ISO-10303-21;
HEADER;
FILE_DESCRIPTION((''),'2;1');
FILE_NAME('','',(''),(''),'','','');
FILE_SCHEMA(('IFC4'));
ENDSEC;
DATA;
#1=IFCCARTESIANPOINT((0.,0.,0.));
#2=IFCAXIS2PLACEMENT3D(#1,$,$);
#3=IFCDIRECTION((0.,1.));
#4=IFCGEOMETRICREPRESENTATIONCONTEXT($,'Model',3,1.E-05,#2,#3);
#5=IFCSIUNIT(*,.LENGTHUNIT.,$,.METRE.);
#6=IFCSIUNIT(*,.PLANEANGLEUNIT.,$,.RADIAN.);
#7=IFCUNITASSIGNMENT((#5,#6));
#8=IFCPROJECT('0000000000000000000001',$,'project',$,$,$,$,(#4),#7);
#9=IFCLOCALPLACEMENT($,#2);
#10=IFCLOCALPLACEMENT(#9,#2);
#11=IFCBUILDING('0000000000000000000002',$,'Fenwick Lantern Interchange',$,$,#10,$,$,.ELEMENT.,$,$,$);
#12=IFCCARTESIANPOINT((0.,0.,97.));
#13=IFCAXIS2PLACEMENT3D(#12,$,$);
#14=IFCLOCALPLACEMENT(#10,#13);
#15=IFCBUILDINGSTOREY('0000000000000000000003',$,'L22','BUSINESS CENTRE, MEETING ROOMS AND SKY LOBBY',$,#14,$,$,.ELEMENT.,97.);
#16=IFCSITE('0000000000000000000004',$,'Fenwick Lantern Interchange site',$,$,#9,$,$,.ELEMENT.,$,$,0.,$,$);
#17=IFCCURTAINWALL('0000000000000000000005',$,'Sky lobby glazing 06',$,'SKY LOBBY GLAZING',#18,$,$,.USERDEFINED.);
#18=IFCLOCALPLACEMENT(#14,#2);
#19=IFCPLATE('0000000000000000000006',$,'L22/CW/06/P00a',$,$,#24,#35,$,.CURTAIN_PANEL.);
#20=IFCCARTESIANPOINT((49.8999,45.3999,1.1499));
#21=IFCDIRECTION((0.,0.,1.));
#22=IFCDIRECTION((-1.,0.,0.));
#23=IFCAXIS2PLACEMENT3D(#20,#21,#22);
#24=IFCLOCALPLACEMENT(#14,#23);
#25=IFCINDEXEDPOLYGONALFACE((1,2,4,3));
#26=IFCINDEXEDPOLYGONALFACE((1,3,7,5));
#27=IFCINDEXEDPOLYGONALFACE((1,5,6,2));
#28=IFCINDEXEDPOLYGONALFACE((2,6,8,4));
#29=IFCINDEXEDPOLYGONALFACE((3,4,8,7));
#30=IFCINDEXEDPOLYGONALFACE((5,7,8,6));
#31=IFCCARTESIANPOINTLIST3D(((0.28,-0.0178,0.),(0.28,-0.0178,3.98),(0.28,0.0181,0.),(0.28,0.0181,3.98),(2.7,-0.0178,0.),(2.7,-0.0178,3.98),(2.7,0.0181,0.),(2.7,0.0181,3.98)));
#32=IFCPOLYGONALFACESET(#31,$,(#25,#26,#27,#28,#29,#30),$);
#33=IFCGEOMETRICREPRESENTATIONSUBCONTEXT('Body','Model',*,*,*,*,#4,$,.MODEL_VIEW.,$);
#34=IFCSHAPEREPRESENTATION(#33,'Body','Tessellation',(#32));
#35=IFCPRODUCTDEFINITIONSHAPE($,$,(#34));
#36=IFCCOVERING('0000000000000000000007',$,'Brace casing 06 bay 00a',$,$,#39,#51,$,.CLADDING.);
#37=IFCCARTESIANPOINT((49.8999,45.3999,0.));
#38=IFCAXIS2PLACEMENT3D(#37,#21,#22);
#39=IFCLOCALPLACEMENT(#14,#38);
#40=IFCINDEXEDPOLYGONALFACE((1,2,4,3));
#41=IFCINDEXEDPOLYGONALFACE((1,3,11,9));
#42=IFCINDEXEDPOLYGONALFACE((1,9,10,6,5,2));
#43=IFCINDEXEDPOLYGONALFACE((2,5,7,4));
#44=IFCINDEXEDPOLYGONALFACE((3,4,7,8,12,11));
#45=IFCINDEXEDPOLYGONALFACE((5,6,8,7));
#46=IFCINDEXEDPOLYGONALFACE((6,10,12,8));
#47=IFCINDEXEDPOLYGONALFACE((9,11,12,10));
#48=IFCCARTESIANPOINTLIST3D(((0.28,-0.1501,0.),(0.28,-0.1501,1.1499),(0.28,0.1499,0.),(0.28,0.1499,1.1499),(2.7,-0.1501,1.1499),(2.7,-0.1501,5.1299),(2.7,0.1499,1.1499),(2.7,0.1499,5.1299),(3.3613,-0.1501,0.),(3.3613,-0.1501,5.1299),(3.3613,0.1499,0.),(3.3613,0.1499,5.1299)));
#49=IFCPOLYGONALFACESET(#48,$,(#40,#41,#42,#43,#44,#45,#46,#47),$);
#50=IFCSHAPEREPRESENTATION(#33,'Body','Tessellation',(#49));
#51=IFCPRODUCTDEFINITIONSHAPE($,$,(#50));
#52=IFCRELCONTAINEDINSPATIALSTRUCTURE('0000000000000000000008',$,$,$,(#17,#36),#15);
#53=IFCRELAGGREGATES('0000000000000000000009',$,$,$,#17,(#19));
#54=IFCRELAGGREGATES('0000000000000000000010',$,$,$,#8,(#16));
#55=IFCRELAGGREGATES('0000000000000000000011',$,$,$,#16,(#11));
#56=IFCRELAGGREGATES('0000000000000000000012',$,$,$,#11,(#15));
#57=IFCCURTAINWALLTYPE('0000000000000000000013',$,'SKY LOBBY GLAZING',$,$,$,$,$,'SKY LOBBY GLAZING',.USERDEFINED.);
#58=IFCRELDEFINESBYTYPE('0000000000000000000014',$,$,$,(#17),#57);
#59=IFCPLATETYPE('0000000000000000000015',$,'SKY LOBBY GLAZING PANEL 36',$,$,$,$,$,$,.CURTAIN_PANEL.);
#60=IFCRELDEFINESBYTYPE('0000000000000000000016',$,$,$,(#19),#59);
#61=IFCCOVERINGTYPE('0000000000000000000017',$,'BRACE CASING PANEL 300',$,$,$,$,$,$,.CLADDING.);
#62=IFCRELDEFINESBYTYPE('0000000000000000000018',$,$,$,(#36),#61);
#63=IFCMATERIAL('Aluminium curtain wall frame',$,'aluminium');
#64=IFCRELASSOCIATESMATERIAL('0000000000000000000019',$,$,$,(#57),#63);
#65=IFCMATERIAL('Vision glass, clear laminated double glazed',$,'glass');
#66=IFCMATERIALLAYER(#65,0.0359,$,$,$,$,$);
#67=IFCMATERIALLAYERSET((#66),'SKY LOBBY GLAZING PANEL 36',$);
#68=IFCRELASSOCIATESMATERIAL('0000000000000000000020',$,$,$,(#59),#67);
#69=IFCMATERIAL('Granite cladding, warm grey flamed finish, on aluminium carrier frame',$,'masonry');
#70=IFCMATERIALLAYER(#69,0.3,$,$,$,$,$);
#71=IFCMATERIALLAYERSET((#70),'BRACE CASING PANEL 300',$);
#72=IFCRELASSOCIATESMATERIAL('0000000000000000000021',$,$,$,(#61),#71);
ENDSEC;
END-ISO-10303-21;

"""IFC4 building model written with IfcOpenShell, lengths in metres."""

from ifc_helpers import new_model, si_unit, direction, frame, origin, place, context, subcontext, project, spatial, polyline, outline, extrude, material, layer, layer_set, type_object, element, aggregate, save


model = new_model("IFC4")

# Units and contexts
model_context = context("Model", 3, precision=1e-05, world=origin(), true_north=direction((0.0, 1.0)))
body_context = subcontext(model_context, "Body", "Model", "MODEL_VIEW")
ifc_project = project(units=[si_unit("LENGTHUNIT", "METRE"), si_unit("PLANEANGLEUNIT", "RADIAN")], contexts=[model_context])

# Site, building, storey
site_placement = place(None, origin())
site = spatial("IfcSite", under=ifc_project, at=site_placement, Name="Fenwick Lantern Interchange site", CompositionType="ELEMENT", RefElevation=0.0)
building_placement = place(site_placement, origin())
building = spatial("IfcBuilding", under=site, at=building_placement, Name="Fenwick Lantern Interchange", CompositionType="ELEMENT")
storey_placement = place(building_placement, frame((0.0, 0.0, 97.0)))
storey = spatial("IfcBuildingStorey", under=building, at=storey_placement, Name="L22", Description="BUSINESS CENTRE, MEETING ROOMS AND SKY LOBBY", CompositionType="ELEMENT", Elevation=97.0)

# Curtain wall
ifc_material_1 = material(Name="Aluminium curtain wall frame", Category="aluminium")
curtain_wall_type = type_object("IfcCurtainWallType", Name="SKY LOBBY GLAZING", ElementType="SKY LOBBY GLAZING", PredefinedType="USERDEFINED", material=ifc_material_1)
curtain_wall_1_placement = place(storey_placement, origin())
curtain_wall_1 = element("IfcCurtainWall", 1, at=curtain_wall_1_placement, inside=storey, type_object=curtain_wall_type, Name="Sky lobby glazing 06", ObjectType="SKY LOBBY GLAZING", PredefinedType="USERDEFINED")

# Plate
ifc_material_2 = material(Name="Vision glass, clear laminated double glazed", Category="glass")
ifc_layer_1 = layer(ifc_material_2, 0.0359)
ifc_layer_set_1 = layer_set([ifc_layer_1], Name="SKY LOBBY GLAZING PANEL 36")
plate_type = type_object("IfcPlateType", Name="SKY LOBBY GLAZING PANEL 36", PredefinedType="CURTAIN_PANEL", material=ifc_layer_set_1)
plate_1_placement = place(storey_placement, frame((49.8999, 45.3999, 1.1499), z_axis=(0.0, 0.0, 1.0), x_axis=(-1.0, 0.0, 0.0)))
plate_1 = element("IfcPlate", 2, at=plate_1_placement, type_object=plate_type, Name="L22/CW/06/P00a", PredefinedType="CURTAIN_PANEL", context=body_context, shape_type="SweptSolid", body=[
    extrude(outline(polyline([(0.28, 0.0), (2.7, 0.0), (2.7, 3.98), (0.28, 3.98), (0.28, 0.0)])), frame((0.0, 0.0181, 0.0), z_axis=(0.0, -1.0, 0.0), x_axis=(1.0, 0.0, 0.0)), (0.0, 0.0, 1.0), 0.0359),
])
aggregate(curtain_wall_1, [plate_1])

# Covering
ifc_material_3 = material(Name="Granite cladding, warm grey flamed finish, on aluminium carrier frame", Category="masonry")
ifc_layer_2 = layer(ifc_material_3, 0.3)
ifc_layer_set_2 = layer_set([ifc_layer_2], Name="BRACE CASING PANEL 300")
covering_type = type_object("IfcCoveringType", Name="BRACE CASING PANEL 300", PredefinedType="CLADDING", material=ifc_layer_set_2)
covering_placement = place(storey_placement, frame((49.8999, 45.3999, 0.0), z_axis=(0.0, 0.0, 1.0), x_axis=(-1.0, 0.0, 0.0)))
element("IfcCovering", 3, at=covering_placement, inside=storey, type_object=covering_type, Name="Brace casing 06 bay 00a", PredefinedType="CLADDING", context=body_context, shape_type="SweptSolid", body=[
    extrude(outline(polyline([(0.28, 0.0), (3.3613, 0.0), (3.3613, 5.1299), (2.7, 5.1299), (2.7, 1.1499), (0.28, 1.1499), (0.28, 0.0)])), frame((0.0, 0.1499, 0.0), z_axis=(0.0, -1.0, 0.0), x_axis=(1.0, 0.0, 0.0)), (0.0, 0.0, 1.0), 0.3),
])

save(model, "model.ifc")
